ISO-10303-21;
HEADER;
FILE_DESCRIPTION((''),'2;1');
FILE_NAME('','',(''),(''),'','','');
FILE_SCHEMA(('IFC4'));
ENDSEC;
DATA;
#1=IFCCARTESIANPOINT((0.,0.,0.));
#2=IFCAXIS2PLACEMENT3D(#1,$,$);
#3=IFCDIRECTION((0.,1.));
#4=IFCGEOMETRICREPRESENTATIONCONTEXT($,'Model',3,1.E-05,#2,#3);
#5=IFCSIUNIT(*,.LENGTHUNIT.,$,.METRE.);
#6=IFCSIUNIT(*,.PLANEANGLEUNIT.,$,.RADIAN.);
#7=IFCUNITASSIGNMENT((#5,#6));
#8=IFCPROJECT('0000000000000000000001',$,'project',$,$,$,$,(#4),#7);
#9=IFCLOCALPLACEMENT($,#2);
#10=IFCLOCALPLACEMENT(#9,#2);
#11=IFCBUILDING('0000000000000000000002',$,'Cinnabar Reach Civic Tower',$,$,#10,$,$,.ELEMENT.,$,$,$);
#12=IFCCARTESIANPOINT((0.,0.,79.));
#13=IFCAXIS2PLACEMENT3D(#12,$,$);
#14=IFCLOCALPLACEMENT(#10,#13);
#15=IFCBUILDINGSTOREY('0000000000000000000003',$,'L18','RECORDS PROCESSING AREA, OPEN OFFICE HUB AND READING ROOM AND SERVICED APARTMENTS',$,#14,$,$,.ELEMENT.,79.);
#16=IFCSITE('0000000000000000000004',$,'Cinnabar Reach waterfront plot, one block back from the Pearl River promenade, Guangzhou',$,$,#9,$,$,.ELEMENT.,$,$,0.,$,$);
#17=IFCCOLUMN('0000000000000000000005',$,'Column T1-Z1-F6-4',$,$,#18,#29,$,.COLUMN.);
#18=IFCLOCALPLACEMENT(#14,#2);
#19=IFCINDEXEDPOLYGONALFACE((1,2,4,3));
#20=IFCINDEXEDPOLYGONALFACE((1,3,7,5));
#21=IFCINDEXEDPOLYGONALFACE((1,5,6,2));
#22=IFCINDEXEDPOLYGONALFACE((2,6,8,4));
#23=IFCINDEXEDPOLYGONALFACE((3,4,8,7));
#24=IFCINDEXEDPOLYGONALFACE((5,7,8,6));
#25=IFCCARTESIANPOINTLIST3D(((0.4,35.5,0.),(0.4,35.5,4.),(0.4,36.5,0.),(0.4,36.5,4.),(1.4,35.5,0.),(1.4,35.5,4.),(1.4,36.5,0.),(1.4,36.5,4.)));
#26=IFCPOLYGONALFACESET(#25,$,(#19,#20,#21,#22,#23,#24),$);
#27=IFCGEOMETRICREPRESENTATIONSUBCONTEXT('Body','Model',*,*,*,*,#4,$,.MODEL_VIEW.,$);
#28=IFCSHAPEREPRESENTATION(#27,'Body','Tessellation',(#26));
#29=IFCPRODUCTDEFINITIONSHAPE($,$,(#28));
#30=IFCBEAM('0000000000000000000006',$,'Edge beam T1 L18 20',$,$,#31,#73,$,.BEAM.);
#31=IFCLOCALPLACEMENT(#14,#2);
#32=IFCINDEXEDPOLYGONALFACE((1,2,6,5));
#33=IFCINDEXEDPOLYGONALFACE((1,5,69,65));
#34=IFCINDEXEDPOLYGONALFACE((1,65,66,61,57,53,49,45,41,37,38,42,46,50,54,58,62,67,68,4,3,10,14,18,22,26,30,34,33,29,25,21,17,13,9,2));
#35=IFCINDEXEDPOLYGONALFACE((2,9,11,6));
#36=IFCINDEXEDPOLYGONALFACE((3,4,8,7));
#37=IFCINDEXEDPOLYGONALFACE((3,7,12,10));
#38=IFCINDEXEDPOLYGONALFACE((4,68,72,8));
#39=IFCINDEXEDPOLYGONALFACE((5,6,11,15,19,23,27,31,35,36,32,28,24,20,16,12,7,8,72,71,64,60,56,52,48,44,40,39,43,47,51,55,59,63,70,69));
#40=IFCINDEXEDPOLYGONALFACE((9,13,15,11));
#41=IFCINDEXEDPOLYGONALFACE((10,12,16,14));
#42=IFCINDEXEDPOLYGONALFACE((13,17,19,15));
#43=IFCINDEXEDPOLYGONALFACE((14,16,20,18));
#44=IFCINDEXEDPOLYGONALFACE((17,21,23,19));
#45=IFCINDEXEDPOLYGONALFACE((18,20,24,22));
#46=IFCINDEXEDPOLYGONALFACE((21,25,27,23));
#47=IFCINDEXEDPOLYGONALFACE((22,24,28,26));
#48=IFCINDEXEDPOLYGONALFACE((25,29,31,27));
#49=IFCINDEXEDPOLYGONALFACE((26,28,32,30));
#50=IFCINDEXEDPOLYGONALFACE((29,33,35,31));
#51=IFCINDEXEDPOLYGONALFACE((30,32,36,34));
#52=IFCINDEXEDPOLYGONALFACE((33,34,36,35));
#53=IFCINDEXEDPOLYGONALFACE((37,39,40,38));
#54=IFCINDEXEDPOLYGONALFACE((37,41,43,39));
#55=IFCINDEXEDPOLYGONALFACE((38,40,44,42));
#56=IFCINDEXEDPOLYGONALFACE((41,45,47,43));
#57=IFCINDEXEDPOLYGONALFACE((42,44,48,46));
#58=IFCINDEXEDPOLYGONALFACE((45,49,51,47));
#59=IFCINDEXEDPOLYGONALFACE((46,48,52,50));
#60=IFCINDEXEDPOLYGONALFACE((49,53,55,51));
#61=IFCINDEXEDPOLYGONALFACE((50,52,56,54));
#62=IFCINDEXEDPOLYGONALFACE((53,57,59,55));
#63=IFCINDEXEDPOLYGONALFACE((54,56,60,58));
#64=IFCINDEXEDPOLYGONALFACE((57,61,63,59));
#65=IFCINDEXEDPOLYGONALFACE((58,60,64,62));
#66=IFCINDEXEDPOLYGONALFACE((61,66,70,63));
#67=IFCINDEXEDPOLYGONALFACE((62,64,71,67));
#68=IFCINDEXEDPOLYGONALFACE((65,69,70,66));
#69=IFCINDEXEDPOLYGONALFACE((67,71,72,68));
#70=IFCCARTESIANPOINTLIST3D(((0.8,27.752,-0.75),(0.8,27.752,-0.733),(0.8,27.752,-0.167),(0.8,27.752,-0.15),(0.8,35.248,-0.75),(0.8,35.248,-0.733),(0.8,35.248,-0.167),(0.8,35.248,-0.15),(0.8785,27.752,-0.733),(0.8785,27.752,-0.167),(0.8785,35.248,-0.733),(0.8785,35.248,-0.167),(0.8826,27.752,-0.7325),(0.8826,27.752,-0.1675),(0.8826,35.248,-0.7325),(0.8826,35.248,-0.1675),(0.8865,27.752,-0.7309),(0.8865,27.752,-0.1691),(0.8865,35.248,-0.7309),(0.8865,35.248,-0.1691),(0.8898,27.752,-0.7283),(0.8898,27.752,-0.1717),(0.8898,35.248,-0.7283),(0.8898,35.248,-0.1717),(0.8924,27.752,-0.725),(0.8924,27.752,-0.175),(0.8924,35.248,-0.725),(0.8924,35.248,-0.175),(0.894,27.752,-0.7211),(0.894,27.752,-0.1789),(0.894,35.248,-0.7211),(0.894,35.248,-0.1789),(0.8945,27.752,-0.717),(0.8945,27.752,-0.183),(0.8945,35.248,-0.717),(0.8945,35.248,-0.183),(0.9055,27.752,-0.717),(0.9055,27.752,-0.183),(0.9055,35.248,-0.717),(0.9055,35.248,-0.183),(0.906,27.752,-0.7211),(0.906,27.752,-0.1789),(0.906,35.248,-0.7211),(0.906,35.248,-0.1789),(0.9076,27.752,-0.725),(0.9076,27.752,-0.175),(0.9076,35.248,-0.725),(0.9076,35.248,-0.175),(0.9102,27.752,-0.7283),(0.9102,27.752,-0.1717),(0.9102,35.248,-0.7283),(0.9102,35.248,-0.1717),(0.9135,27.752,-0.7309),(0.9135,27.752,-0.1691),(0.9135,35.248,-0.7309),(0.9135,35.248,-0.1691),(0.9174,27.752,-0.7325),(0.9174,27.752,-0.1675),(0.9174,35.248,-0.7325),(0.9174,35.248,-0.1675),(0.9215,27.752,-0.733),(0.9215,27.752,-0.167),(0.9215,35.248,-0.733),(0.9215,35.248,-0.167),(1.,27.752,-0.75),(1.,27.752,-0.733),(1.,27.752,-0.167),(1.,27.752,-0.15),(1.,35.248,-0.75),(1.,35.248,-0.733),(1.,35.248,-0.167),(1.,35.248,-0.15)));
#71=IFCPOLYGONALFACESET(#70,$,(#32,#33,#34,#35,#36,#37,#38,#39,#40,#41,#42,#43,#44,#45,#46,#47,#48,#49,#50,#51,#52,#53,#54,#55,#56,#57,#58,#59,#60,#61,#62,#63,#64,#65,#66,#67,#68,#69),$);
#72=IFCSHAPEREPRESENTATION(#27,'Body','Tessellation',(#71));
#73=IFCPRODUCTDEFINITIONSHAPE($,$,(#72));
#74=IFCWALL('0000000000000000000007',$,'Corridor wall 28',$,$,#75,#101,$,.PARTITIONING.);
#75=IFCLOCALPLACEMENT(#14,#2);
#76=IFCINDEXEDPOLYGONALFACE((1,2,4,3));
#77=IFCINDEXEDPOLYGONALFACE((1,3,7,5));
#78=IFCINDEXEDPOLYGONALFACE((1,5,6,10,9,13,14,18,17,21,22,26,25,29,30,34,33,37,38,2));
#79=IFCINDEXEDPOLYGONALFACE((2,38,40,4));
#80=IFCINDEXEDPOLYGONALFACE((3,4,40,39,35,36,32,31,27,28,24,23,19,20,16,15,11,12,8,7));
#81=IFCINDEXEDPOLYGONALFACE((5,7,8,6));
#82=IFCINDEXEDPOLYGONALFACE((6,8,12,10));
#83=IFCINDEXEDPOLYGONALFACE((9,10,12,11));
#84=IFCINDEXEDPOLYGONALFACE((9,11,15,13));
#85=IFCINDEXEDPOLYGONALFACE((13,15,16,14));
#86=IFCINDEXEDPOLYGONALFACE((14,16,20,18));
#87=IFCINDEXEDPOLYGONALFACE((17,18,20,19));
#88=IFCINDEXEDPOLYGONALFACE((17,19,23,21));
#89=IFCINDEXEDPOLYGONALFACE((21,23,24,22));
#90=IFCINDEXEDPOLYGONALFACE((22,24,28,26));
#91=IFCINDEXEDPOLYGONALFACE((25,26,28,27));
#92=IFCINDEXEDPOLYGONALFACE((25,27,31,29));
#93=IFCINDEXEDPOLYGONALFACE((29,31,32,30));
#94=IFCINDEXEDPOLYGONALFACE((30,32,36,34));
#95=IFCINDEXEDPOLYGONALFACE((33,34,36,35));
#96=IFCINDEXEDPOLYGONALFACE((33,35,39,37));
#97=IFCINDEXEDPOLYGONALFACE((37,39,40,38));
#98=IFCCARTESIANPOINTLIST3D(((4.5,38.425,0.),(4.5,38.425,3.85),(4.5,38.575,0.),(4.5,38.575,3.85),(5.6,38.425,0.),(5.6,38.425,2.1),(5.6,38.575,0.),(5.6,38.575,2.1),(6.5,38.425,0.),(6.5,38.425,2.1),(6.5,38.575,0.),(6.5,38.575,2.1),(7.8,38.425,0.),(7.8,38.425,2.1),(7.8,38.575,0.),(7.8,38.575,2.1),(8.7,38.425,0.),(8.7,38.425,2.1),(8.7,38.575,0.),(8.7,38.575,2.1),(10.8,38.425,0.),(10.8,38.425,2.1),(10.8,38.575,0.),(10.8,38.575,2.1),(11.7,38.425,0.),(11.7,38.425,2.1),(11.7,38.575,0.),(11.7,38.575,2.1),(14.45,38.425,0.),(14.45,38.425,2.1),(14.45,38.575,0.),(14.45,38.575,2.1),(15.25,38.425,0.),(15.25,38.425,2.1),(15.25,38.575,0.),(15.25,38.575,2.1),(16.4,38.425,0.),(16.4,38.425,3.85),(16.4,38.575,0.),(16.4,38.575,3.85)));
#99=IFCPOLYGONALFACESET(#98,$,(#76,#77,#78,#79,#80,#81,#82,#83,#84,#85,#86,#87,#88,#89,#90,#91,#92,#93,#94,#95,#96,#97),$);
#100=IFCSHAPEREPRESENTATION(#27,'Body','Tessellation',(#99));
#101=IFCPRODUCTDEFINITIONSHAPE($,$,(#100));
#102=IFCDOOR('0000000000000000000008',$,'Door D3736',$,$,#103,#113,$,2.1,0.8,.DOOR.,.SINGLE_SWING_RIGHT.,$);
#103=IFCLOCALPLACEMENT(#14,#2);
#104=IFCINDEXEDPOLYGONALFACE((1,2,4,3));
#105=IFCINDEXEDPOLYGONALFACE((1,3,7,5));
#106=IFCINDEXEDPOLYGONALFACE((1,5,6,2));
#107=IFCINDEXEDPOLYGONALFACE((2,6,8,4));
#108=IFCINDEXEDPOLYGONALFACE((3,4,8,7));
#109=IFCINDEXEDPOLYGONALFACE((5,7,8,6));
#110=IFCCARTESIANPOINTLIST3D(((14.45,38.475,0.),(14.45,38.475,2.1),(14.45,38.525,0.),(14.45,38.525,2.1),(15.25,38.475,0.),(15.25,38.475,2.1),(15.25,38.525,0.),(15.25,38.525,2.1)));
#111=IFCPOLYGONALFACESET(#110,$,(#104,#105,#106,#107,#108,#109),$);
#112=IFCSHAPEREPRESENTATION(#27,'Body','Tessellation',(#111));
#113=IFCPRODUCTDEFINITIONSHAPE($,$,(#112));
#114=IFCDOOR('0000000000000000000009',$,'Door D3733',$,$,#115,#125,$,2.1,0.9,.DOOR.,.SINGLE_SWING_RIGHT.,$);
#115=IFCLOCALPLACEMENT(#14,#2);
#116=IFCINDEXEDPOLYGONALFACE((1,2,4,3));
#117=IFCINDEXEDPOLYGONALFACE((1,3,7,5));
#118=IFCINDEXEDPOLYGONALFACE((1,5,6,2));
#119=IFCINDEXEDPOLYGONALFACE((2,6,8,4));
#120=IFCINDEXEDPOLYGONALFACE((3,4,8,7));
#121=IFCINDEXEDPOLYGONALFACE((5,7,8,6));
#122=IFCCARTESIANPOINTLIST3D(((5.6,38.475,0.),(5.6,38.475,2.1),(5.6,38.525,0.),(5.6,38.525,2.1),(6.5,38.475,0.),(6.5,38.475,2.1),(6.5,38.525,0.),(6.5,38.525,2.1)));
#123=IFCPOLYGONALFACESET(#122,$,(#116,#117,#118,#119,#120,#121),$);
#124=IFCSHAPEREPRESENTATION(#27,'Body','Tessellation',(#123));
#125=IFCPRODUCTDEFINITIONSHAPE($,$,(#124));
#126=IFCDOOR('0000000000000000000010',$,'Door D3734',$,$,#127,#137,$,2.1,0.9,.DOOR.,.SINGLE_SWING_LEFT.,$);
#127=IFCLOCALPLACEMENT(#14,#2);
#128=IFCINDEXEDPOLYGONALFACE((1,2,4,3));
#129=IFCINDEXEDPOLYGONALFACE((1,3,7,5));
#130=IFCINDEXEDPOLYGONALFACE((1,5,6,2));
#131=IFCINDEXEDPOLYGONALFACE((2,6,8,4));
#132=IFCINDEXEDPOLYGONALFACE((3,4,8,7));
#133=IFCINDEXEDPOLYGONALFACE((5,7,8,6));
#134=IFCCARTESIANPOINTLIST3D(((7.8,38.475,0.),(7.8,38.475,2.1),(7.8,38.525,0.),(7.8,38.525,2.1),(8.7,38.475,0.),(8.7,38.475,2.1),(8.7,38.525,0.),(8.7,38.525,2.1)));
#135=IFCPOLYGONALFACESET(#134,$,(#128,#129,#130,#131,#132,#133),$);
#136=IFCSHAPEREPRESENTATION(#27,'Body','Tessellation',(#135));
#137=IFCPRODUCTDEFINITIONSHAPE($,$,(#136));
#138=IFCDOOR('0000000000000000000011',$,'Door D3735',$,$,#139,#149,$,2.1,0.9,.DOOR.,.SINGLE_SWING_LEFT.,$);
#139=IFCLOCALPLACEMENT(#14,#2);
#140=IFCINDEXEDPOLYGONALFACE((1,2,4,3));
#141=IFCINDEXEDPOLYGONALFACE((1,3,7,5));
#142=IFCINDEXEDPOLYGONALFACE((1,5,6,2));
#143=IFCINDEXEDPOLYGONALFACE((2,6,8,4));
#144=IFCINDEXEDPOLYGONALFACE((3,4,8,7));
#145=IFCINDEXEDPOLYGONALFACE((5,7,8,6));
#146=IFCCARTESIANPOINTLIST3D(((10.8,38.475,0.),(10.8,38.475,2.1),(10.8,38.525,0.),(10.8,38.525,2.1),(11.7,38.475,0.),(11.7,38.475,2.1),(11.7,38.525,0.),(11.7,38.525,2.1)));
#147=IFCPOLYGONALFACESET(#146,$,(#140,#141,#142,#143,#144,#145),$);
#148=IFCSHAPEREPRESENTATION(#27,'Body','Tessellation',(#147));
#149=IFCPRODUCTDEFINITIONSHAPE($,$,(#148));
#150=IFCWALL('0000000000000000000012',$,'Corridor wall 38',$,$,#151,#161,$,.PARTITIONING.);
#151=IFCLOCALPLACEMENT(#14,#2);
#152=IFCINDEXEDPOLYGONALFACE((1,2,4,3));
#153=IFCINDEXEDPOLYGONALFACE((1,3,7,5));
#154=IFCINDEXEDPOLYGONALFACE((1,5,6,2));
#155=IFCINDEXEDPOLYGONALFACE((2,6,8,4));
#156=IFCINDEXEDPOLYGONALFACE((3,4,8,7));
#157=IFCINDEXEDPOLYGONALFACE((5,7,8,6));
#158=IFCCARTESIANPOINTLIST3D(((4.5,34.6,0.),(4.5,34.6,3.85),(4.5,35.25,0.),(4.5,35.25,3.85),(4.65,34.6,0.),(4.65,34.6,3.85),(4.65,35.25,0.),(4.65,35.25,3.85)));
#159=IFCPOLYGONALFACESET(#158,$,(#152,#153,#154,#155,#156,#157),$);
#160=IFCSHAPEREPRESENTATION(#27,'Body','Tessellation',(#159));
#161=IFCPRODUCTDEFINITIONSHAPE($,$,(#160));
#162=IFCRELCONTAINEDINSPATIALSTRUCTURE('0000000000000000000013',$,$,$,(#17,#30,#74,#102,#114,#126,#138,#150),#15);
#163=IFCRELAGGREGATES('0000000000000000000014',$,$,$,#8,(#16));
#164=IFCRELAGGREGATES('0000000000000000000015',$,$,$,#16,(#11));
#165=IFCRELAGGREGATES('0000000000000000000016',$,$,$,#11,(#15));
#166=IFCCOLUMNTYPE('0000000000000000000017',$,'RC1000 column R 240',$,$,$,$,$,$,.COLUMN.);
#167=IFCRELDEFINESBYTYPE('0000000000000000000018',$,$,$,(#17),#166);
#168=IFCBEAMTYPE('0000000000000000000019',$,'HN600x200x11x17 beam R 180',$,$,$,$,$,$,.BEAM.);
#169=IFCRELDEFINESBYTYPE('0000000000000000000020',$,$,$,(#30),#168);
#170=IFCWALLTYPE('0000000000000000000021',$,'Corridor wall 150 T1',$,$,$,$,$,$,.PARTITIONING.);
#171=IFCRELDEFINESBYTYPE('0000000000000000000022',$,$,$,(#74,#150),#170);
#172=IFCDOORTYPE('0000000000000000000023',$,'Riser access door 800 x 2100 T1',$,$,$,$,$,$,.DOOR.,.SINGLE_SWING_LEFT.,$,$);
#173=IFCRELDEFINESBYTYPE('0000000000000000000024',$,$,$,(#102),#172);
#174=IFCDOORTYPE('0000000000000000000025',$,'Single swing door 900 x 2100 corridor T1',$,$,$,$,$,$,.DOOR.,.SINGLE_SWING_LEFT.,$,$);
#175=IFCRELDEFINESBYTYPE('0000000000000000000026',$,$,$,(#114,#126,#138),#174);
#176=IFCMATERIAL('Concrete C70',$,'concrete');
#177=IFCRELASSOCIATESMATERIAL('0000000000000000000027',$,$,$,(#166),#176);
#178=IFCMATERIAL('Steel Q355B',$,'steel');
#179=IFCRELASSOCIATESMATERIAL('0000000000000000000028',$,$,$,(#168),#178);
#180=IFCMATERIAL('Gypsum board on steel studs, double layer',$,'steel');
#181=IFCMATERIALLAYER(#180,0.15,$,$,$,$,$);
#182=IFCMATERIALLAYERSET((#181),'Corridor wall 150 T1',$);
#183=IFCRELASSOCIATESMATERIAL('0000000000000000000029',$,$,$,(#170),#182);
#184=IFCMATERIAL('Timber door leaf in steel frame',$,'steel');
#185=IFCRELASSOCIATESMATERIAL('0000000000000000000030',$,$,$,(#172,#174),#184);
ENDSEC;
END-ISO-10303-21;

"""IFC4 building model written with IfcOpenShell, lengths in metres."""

from ifc_helpers import new_model, si_unit, direction, frame, frame_2d, origin, origin_2d, place, context, subcontext, project, spatial, rectangle, i_section, extrude, material, layer, layer_set, material_profile, profile_set, type_object, element, fill, save


model = new_model("IFC4")

# Units and contexts
model_context = context("Model", 3, precision=1e-05, world=origin(), true_north=direction((0.0, 1.0)))
body_context = subcontext(model_context, "Body", "Model", "MODEL_VIEW")
ifc_project = project(units=[si_unit("LENGTHUNIT", "METRE"), si_unit("PLANEANGLEUNIT", "RADIAN")], contexts=[model_context])

# Site, building, storey
site_placement = place(None, origin())
site = spatial("IfcSite", under=ifc_project, at=site_placement, Name="Cinnabar Reach waterfront plot, one block back from the Pearl River promenade, Guangzhou", CompositionType="ELEMENT", RefElevation=0.0)
building_placement = place(site_placement, origin())
building = spatial("IfcBuilding", under=site, at=building_placement, Name="Cinnabar Reach Civic Tower", CompositionType="ELEMENT")
storey_placement = place(building_placement, frame((0.0, 0.0, 79.0)))
storey = spatial("IfcBuildingStorey", under=building, at=storey_placement, Name="L18", Description="RECORDS PROCESSING AREA, OPEN OFFICE HUB AND READING ROOM AND SERVICED APARTMENTS", CompositionType="ELEMENT", Elevation=79.0)

# Column
ifc_material_1 = material(Name="Concrete C70", Category="concrete")
ifc_material_profile_1 = material_profile(ifc_material_1, rectangle(XDim=1.0, YDim=1.0, at=origin_2d()), Name="RC1000")
ifc_profile_set_1 = profile_set([ifc_material_profile_1], Name="Concrete C70")
column_type = type_object("IfcColumnType", Name="RC1000 column R 240", PredefinedType="COLUMN", material=ifc_profile_set_1)
column_placement = place(storey_placement, frame((0.9, 36.0, 0.0), z_axis=(0.0, 0.0, 1.0), x_axis=(1.0, 0.0, 0.0)))
element("IfcColumn", 1, at=column_placement, inside=storey, type_object=column_type, Name="Column T1-Z1-F6-4", PredefinedType="COLUMN", context=body_context, shape_type="SweptSolid", body=[
    extrude(rectangle(XDim=1.0, YDim=1.0, at=origin_2d()), origin(), (0.0, 0.0, 1.0), 4.0),
])

# Beam
ifc_material_2 = material(Name="Steel Q355B", Category="steel")
ifc_material_profile_2 = material_profile(ifc_material_2, i_section(OverallWidth=0.2, OverallDepth=0.6, WebThickness=0.011, FlangeThickness=0.017, FilletRadius=0.016, at=origin_2d()), Name="HN600x200x11x17")
ifc_profile_set_2 = profile_set([ifc_material_profile_2], Name="Steel Q355B")
beam_type = type_object("IfcBeamType", Name="HN600x200x11x17 beam R 180", PredefinedType="BEAM", material=ifc_profile_set_2)
beam_placement = place(storey_placement, frame((0.9, 35.248, -0.45), z_axis=(0.0, -1.0, 0.0), x_axis=(1.0, 0.0, 0.0)))
element("IfcBeam", 2, at=beam_placement, inside=storey, type_object=beam_type, Name="Edge beam T1 L18 20", PredefinedType="BEAM", context=body_context, shape_type="SweptSolid", body=[
    extrude(i_section(OverallWidth=0.2, OverallDepth=0.6, WebThickness=0.011, FlangeThickness=0.017, FilletRadius=0.016, at=origin_2d()), origin(), (0.0, 0.0, 1.0), 7.496),
])

# Wall, openings, doors
ifc_material_3 = material(Name="Gypsum board on steel studs, double layer", Category="steel")
ifc_layer_1 = layer(ifc_material_3, 0.15)
ifc_layer_set_1 = layer_set([ifc_layer_1], Name="Corridor wall 150 T1")
wall_type_1 = type_object("IfcWallType", Name="Corridor wall 150 T1", PredefinedType="PARTITIONING", material=ifc_layer_set_1)
wall_1_placement = place(storey_placement, frame((4.5, 38.5, 0.0), z_axis=(0.0, 0.0, 1.0), x_axis=(1.0, 0.0, 0.0)))
wall_1 = element("IfcWall", 3, at=wall_1_placement, inside=storey, type_object=wall_type_1, Name="Corridor wall 28", PredefinedType="PARTITIONING", context=body_context, shape_type="SweptSolid", body=[
    extrude(rectangle(XDim=11.9, YDim=0.15, at=frame_2d((5.95, 0.0))), origin(), (0.0, 0.0, 1.0), 3.85),
])
opening_1_placement = place(wall_1_placement, frame((1.1, 0.0, 0.0)))
opening_1 = element("IfcOpeningElement", 4, at=opening_1_placement, cuts=wall_1, PredefinedType="OPENING", context=body_context, shape_type="SweptSolid", body=[
    extrude(rectangle(XDim=0.9, YDim=2.1, at=frame_2d((0.45, 1.05))), frame((0.0, 0.085, 0.0), z_axis=(0.0, -1.0, 0.0), x_axis=(1.0, 0.0, 0.0)), (0.0, 0.0, 1.0), 0.17),
])
opening_2_placement = place(wall_1_placement, frame((3.3, 0.0, 0.0)))
opening_2 = element("IfcOpeningElement", 5, at=opening_2_placement, cuts=wall_1, PredefinedType="OPENING", context=body_context, shape_type="SweptSolid", body=[
    extrude(rectangle(XDim=0.9, YDim=2.1, at=frame_2d((0.45, 1.05))), frame((0.0, 0.085, 0.0), z_axis=(0.0, -1.0, 0.0), x_axis=(1.0, 0.0, 0.0)), (0.0, 0.0, 1.0), 0.17),
])
opening_3_placement = place(wall_1_placement, frame((6.3, 0.0, 0.0)))
opening_3 = element("IfcOpeningElement", 6, at=opening_3_placement, cuts=wall_1, PredefinedType="OPENING", context=body_context, shape_type="SweptSolid", body=[
    extrude(rectangle(XDim=0.9, YDim=2.1, at=frame_2d((0.45, 1.05))), frame((0.0, 0.085, 0.0), z_axis=(0.0, -1.0, 0.0), x_axis=(1.0, 0.0, 0.0)), (0.0, 0.0, 1.0), 0.17),
])
opening_4_placement = place(wall_1_placement, frame((9.95, 0.0, 0.0)))
opening_4 = element("IfcOpeningElement", 7, at=opening_4_placement, cuts=wall_1, PredefinedType="OPENING", context=body_context, shape_type="SweptSolid", body=[
    extrude(rectangle(XDim=0.8, YDim=2.1, at=frame_2d((0.4, 1.05))), frame((0.0, 0.085, 0.0), z_axis=(0.0, -1.0, 0.0), x_axis=(1.0, 0.0, 0.0)), (0.0, 0.0, 1.0), 0.17),
])
ifc_material_4 = material(Name="Timber door leaf in steel frame", Category="steel")
door_type_1 = type_object("IfcDoorType", Name="Riser access door 800 x 2100 T1", OperationType="SINGLE_SWING_LEFT", PredefinedType="DOOR", material=ifc_material_4)
door_1_placement = place(opening_4_placement, origin())
door_1 = element("IfcDoor", 8, at=door_1_placement, inside=storey, type_object=door_type_1, Name="Door D3736", OperationType="SINGLE_SWING_RIGHT", OverallHeight=2.1, OverallWidth=0.8, PredefinedType="DOOR", context=body_context, shape_type="SweptSolid", body=[
    extrude(rectangle(XDim=0.8, YDim=2.1, at=frame_2d((0.4, 1.05))), frame((0.0, 0.025, 0.0), z_axis=(0.0, -1.0, 0.0), x_axis=(1.0, 0.0, 0.0)), (0.0, 0.0, 1.0), 0.05),
])
fill(opening_4, door_1)
door_type_2 = type_object("IfcDoorType", Name="Single swing door 900 x 2100 corridor T1", OperationType="SINGLE_SWING_LEFT", PredefinedType="DOOR", material=ifc_material_4)
door_2_placement = place(opening_1_placement, origin())
door_2 = element("IfcDoor", 9, at=door_2_placement, inside=storey, type_object=door_type_2, Name="Door D3733", OperationType="SINGLE_SWING_RIGHT", OverallHeight=2.1, OverallWidth=0.9, PredefinedType="DOOR", context=body_context, shape_type="SweptSolid", body=[
    extrude(rectangle(XDim=0.9, YDim=2.1, at=frame_2d((0.45, 1.05))), frame((0.0, 0.025, 0.0), z_axis=(0.0, -1.0, 0.0), x_axis=(1.0, 0.0, 0.0)), (0.0, 0.0, 1.0), 0.05),
])
fill(opening_1, door_2)
door_3_placement = place(opening_2_placement, origin())
door_3 = element("IfcDoor", 10, at=door_3_placement, inside=storey, type_object=door_type_2, Name="Door D3734", OperationType="SINGLE_SWING_LEFT", OverallHeight=2.1, OverallWidth=0.9, PredefinedType="DOOR", context=body_context, shape_type="SweptSolid", body=[
    extrude(rectangle(XDim=0.9, YDim=2.1, at=frame_2d((0.45, 1.05))), frame((0.0, 0.025, 0.0), z_axis=(0.0, -1.0, 0.0), x_axis=(1.0, 0.0, 0.0)), (0.0, 0.0, 1.0), 0.05),
])
fill(opening_2, door_3)
door_4_placement = place(opening_3_placement, origin())
door_4 = element("IfcDoor", 11, at=door_4_placement, inside=storey, type_object=door_type_2, Name="Door D3735", OperationType="SINGLE_SWING_LEFT", OverallHeight=2.1, OverallWidth=0.9, PredefinedType="DOOR", context=body_context, shape_type="SweptSolid", body=[
    extrude(rectangle(XDim=0.9, YDim=2.1, at=frame_2d((0.45, 1.05))), frame((0.0, 0.025, 0.0), z_axis=(0.0, -1.0, 0.0), x_axis=(1.0, 0.0, 0.0)), (0.0, 0.0, 1.0), 0.05),
])
fill(opening_3, door_4)

# Wall
wall_2_placement = place(storey_placement, frame((4.575, 34.6, 0.0), z_axis=(0.0, 0.0, 1.0), x_axis=(0.0, 1.0, 0.0)))
element("IfcWall", 12, at=wall_2_placement, inside=storey, type_object=wall_type_1, Name="Corridor wall 38", PredefinedType="PARTITIONING", context=body_context, shape_type="SweptSolid", body=[
    extrude(rectangle(XDim=0.65, YDim=0.15, at=frame_2d((0.325, 0.0))), origin(), (0.0, 0.0, 1.0), 3.85),
])

save(model, "model.ifc")
